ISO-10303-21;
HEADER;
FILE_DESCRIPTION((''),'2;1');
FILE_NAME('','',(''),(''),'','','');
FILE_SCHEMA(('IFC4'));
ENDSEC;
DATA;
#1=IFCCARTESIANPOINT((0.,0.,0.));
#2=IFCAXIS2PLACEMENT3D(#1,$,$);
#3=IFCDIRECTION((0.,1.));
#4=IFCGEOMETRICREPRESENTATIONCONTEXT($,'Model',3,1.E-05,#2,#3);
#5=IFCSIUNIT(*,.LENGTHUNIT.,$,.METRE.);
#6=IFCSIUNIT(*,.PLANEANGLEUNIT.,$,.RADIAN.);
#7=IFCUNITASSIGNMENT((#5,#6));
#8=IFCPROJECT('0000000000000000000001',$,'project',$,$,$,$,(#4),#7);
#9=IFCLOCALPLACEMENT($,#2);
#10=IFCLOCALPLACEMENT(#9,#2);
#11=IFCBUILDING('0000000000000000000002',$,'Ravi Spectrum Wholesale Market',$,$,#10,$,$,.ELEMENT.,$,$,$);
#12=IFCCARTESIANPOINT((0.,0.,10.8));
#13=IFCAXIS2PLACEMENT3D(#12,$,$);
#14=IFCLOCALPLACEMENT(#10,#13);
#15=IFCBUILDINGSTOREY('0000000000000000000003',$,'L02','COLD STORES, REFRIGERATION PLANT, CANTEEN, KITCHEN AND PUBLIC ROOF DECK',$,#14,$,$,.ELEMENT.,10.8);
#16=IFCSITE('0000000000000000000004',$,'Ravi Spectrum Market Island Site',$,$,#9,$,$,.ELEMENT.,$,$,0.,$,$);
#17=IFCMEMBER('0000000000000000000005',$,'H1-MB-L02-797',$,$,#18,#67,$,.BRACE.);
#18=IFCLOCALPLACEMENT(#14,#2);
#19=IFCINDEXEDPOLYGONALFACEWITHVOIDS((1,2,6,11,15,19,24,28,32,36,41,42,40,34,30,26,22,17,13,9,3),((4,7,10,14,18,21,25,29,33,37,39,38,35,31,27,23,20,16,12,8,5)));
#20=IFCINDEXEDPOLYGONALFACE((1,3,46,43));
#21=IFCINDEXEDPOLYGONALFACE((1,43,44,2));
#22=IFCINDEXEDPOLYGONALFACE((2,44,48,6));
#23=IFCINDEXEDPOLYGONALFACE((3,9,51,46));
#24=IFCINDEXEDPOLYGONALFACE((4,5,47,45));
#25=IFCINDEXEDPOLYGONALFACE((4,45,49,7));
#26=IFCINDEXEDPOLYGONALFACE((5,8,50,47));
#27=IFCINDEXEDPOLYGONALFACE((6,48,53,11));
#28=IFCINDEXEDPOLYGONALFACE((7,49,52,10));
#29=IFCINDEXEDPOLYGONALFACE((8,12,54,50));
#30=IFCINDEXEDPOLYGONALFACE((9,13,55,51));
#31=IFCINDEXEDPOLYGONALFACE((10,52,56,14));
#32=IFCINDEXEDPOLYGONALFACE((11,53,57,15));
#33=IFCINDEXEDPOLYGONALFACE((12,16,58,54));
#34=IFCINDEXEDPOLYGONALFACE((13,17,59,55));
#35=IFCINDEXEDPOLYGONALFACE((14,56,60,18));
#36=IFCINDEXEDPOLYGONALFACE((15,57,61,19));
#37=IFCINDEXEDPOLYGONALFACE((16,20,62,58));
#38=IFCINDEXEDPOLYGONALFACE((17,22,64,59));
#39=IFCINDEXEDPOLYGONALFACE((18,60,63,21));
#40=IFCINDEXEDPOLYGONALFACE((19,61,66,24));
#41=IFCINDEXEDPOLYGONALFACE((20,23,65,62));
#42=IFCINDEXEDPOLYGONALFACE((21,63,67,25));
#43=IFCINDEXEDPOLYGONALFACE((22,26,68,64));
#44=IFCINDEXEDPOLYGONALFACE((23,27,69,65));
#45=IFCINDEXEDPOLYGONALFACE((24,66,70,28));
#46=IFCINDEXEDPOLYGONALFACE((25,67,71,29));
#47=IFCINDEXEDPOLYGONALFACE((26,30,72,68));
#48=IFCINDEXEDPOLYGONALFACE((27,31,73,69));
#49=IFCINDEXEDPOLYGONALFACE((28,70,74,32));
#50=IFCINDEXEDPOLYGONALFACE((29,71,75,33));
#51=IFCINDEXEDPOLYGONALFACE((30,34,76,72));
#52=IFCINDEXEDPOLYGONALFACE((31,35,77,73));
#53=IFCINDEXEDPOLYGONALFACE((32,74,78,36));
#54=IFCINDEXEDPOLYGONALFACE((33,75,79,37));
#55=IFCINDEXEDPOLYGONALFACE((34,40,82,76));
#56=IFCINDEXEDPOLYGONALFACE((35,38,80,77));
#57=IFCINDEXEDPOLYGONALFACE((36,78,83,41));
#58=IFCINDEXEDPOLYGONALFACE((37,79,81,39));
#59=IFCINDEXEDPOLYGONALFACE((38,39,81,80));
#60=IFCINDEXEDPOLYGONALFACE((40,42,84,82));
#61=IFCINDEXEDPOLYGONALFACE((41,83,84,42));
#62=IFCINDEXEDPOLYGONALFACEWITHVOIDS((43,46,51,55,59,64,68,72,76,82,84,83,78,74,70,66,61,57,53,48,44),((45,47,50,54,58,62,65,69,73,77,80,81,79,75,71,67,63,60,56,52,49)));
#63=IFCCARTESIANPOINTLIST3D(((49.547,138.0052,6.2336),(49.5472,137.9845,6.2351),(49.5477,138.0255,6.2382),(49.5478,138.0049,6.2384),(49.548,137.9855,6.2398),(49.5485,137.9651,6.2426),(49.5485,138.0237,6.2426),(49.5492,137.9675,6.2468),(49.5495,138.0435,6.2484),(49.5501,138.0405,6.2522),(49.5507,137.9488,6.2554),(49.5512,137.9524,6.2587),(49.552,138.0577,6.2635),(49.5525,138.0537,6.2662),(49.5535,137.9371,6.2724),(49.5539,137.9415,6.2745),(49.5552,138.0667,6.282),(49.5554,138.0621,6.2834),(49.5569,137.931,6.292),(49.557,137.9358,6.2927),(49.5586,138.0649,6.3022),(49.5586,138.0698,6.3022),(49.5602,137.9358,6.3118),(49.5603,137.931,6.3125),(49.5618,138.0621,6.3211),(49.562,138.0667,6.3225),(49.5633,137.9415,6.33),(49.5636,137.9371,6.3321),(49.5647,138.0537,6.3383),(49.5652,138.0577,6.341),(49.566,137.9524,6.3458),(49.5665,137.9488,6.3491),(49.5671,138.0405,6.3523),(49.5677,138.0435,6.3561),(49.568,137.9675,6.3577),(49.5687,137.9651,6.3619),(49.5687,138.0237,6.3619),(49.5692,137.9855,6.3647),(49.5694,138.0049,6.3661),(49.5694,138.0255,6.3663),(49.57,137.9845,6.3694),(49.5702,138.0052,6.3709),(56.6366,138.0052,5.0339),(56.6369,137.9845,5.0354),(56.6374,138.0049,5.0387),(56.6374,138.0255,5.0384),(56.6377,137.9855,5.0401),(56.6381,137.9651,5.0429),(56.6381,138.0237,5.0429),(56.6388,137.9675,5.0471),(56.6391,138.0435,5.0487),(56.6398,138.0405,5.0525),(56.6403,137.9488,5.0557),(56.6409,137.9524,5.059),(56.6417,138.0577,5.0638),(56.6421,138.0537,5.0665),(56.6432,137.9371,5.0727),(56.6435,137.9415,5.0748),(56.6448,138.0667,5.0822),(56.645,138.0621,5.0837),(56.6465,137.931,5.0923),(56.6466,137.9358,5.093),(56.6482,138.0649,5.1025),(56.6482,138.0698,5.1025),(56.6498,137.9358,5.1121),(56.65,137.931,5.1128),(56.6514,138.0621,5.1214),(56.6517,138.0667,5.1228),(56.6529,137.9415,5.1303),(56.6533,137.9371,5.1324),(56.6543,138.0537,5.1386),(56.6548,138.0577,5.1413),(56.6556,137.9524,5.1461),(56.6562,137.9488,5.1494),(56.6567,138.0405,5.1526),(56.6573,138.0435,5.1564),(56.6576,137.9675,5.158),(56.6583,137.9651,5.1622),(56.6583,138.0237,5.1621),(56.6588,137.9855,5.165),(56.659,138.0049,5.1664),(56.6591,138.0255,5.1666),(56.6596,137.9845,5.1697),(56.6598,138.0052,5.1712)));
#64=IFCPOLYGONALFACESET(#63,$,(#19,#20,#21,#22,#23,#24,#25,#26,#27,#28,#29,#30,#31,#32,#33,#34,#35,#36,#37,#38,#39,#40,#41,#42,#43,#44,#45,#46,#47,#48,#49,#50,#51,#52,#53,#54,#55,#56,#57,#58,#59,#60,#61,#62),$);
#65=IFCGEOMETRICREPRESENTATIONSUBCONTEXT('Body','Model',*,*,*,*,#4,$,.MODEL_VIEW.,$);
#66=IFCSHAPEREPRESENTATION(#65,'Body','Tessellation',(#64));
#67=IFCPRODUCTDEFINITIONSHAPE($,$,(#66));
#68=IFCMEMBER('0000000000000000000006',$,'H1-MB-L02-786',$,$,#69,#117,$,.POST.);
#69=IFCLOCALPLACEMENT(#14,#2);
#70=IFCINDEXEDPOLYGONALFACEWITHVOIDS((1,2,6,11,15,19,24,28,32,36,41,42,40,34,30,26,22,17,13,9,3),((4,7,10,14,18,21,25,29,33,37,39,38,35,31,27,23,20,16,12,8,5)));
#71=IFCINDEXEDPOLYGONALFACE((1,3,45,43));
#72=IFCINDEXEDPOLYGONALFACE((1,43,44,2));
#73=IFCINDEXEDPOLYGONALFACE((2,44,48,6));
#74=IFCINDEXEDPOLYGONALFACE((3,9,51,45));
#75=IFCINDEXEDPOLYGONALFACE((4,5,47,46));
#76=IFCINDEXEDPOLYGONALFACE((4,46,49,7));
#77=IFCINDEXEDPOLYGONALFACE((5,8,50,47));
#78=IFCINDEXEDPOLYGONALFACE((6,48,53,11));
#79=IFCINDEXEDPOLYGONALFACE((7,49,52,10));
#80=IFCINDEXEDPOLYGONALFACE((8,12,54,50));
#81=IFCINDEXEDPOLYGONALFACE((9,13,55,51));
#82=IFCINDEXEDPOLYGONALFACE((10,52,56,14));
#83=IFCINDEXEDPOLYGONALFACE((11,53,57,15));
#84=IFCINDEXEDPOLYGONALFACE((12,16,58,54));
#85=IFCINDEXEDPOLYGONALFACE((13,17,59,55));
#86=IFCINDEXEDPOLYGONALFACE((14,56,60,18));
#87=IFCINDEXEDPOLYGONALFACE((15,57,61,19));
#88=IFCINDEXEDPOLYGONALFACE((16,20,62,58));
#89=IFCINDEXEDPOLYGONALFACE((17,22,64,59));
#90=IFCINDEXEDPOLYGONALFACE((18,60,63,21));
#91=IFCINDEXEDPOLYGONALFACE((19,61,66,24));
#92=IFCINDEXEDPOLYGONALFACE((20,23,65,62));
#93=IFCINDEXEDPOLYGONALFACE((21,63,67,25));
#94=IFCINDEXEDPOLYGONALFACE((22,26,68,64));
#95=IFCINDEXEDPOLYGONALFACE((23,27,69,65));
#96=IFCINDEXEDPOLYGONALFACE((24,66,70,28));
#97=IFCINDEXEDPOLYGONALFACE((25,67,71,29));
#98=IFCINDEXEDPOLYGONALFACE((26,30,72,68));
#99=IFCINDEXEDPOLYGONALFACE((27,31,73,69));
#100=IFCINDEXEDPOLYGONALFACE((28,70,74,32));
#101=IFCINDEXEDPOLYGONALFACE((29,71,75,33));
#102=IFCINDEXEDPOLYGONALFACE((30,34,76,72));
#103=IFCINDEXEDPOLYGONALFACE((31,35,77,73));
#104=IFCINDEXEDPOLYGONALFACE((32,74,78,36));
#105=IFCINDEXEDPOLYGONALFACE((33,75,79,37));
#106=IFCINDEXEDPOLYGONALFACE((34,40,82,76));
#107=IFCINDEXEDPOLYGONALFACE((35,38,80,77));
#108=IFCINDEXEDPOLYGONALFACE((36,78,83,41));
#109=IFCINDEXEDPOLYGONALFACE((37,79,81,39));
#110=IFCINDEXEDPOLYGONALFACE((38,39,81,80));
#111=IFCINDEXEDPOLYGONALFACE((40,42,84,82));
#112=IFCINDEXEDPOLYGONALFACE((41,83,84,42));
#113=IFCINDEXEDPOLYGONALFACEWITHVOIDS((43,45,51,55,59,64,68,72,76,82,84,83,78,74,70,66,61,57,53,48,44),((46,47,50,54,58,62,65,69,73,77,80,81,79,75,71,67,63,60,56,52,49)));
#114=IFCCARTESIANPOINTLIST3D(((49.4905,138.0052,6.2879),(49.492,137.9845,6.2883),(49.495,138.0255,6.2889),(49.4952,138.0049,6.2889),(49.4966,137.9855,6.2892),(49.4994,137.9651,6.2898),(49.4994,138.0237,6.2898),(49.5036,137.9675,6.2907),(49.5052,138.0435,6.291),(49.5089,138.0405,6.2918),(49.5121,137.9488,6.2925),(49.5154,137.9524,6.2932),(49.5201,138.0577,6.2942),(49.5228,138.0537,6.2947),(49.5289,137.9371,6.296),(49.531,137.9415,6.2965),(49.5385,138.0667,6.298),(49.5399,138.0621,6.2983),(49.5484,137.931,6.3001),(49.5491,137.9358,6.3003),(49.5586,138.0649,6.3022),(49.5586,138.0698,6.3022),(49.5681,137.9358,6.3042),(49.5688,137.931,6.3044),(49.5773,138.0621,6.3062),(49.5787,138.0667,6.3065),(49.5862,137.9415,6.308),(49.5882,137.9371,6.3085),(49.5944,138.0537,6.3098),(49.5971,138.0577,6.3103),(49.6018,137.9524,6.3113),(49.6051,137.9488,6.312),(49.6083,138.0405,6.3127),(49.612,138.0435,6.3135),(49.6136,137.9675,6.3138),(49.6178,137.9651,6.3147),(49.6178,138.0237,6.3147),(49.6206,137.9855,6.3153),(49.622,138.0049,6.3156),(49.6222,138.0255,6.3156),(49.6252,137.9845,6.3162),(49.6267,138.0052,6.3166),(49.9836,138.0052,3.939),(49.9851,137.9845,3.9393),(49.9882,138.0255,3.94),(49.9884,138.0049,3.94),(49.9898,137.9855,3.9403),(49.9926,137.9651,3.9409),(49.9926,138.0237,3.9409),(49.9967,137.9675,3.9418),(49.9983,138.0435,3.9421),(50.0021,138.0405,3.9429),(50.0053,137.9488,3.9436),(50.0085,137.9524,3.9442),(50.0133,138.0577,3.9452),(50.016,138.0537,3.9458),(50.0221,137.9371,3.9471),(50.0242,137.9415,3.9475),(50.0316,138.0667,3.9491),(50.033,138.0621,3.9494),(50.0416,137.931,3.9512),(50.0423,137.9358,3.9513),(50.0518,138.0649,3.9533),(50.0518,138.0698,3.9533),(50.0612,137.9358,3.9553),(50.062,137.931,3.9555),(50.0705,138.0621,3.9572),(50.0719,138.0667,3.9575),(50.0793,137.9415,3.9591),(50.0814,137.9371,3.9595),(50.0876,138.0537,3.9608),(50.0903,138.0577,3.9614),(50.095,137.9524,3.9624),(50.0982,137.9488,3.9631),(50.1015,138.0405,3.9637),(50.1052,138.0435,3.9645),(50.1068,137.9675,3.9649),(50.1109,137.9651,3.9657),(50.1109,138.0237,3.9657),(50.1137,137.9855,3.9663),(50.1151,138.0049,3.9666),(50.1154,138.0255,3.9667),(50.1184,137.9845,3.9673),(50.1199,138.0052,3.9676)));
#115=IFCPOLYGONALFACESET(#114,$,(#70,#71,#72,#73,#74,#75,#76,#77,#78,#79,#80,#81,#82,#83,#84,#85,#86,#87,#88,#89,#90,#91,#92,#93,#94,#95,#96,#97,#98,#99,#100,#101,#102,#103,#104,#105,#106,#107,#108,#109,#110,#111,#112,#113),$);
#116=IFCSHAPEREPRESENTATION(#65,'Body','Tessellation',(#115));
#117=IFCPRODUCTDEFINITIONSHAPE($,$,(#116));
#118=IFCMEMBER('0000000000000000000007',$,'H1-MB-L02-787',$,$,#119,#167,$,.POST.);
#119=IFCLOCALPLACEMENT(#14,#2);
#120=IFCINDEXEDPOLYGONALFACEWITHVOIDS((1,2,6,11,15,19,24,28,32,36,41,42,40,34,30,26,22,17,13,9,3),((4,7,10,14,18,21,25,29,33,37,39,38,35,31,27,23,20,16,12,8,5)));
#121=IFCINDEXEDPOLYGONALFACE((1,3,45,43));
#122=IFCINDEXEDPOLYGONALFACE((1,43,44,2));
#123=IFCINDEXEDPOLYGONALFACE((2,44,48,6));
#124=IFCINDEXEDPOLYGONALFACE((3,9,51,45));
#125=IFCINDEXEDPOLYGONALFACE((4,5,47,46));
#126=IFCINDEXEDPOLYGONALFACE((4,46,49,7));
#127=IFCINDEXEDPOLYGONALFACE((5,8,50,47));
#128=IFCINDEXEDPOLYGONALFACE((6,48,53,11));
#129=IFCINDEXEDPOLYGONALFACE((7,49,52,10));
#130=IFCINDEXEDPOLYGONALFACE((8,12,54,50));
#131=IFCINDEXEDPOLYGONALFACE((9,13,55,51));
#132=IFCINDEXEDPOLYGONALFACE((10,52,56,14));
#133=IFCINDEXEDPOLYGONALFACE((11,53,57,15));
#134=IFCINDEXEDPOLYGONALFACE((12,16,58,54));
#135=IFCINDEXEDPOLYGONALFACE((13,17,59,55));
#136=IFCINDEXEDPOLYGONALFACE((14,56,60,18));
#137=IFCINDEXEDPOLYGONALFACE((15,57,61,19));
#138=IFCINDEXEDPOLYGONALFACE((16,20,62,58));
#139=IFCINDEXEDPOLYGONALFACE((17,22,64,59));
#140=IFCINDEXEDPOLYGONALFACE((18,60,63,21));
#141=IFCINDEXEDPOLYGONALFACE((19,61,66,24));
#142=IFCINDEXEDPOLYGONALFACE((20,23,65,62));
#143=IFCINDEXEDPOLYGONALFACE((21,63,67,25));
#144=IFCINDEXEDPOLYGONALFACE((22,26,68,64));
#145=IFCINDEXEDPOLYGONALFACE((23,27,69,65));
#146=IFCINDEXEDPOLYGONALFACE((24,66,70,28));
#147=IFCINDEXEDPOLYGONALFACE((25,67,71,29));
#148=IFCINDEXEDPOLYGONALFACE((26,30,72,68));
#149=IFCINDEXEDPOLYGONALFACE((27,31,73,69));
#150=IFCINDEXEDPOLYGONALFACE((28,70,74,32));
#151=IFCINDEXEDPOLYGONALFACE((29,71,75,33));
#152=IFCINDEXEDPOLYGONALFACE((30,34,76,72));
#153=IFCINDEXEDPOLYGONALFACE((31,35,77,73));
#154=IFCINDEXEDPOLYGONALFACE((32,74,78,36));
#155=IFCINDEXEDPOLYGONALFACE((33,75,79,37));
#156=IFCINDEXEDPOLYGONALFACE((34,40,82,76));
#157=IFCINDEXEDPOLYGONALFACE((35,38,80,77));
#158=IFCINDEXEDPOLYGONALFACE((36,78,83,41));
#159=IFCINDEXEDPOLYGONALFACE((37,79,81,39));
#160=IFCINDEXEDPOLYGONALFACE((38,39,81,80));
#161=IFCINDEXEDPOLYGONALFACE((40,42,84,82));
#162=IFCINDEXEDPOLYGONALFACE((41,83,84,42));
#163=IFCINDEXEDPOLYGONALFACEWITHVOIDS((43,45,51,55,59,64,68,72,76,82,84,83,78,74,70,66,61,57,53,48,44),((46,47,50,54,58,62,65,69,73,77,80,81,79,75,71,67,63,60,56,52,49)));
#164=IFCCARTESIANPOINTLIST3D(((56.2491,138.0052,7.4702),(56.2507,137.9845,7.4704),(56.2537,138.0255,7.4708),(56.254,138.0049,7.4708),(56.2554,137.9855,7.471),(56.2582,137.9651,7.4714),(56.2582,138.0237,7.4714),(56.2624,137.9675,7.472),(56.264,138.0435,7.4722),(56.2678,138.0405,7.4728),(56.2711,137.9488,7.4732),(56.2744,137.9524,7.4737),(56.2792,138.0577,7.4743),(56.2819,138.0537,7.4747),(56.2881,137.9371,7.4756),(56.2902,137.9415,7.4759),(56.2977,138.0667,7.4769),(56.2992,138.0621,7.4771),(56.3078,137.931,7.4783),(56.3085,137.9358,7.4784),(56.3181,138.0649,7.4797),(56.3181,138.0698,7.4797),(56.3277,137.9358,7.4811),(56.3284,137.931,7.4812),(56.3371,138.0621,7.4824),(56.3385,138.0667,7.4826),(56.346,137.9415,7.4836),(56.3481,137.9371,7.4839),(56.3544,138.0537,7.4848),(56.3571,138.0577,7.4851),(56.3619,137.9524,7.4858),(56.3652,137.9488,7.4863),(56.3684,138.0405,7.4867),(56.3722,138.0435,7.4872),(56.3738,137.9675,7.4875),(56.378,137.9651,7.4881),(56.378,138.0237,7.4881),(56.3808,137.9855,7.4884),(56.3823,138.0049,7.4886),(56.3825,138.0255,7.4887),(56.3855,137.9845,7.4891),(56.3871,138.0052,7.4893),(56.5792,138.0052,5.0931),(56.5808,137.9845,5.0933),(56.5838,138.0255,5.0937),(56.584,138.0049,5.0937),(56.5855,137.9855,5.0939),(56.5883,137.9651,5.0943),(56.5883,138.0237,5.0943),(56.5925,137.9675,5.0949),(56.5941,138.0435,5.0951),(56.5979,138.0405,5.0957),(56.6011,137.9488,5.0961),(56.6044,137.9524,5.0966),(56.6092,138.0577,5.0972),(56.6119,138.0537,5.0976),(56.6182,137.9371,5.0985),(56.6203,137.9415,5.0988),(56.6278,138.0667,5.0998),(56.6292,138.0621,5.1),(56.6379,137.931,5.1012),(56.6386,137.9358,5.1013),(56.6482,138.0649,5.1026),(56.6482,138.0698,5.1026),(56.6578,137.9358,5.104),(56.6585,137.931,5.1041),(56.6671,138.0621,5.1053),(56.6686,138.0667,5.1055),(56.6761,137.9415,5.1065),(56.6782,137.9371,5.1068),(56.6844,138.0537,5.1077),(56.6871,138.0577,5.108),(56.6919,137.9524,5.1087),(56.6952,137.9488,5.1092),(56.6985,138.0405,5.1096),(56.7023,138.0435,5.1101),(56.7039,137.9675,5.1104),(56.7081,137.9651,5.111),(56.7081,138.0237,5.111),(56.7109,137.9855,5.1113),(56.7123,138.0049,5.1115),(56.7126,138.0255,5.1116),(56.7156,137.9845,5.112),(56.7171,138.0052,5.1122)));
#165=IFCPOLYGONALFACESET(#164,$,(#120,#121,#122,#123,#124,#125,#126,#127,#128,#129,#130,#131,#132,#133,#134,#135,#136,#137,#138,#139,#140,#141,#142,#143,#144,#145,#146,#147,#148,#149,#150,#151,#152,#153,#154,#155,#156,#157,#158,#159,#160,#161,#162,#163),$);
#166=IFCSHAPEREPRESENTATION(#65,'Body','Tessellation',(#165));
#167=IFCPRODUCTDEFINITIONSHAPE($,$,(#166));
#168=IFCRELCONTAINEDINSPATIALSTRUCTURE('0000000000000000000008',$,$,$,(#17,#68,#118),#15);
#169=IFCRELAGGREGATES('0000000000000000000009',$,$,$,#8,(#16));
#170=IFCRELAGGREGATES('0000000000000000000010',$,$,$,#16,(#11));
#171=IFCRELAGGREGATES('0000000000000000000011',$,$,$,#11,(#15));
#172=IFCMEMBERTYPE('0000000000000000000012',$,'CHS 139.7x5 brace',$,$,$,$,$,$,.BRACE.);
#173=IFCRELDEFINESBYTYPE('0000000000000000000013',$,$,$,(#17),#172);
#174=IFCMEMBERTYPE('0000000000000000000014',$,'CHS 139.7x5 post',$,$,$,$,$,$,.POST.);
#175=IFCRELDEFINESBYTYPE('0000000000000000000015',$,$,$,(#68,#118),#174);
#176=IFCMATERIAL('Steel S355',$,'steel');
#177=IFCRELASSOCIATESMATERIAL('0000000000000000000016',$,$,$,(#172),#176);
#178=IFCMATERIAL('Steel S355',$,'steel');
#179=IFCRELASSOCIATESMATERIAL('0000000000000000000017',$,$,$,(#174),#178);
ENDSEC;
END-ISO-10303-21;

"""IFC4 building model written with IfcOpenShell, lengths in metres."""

from ifc_helpers import new_model, si_unit, direction, frame, origin, origin_2d, place, context, subcontext, project, spatial, hollow_circle, extrude, material, material_profile, profile_set, type_object, element, save


model = new_model("IFC4")

# Units and contexts
model_context = context("Model", 3, precision=1e-05, world=origin(), true_north=direction((0.0, 1.0)))
body_context = subcontext(model_context, "Body", "Model", "MODEL_VIEW")
ifc_project = project(units=[si_unit("LENGTHUNIT", "METRE"), si_unit("PLANEANGLEUNIT", "RADIAN")], contexts=[model_context])

# Site, building, storey
site_placement = place(None, origin())
site = spatial("IfcSite", under=ifc_project, at=site_placement, Name="Ravi Spectrum Market Island Site", CompositionType="ELEMENT", RefElevation=0.0)
building_placement = place(site_placement, origin())
building = spatial("IfcBuilding", under=site, at=building_placement, Name="Ravi Spectrum Wholesale Market", CompositionType="ELEMENT")
storey_placement = place(building_placement, frame((0.0, 0.0, 10.8)))
storey = spatial("IfcBuildingStorey", under=building, at=storey_placement, Name="L02", Description="COLD STORES, REFRIGERATION PLANT, CANTEEN, KITCHEN AND PUBLIC ROOF DECK", CompositionType="ELEMENT", Elevation=10.8)

# Members
ifc_material_1 = material(Name="Steel S355", Category="steel")
ifc_material_profile_1 = material_profile(ifc_material_1, hollow_circle(Radius=0.0698, WallThickness=0.0049, at=origin_2d()))
ifc_profile_set_1 = profile_set([ifc_material_profile_1], Name="Steel S355")
member_type_1 = type_object("IfcMemberType", Name="CHS 139.7x5 brace", PredefinedType="BRACE", material=ifc_profile_set_1)
member_1_placement = place(storey_placement, frame((49.5586, 138.0, 6.3022), z_axis=(0.985983, 0.0, -0.166849), x_axis=(0.0, 1.0, 0.0)))
element("IfcMember", 1, at=member_1_placement, inside=storey, type_object=member_type_1, Name="H1-MB-L02-797", PredefinedType="BRACE", context=body_context, shape_type="SweptSolid", body=[
    extrude(hollow_circle(Radius=0.0698, WallThickness=0.0049, at=origin_2d()), origin(), (0.0, 0.0, 1.0), 7.1904),
])
ifc_material_2 = material(Name="Steel S355", Category="steel")
ifc_material_profile_2 = material_profile(ifc_material_2, hollow_circle(Radius=0.0698, WallThickness=0.0049, at=origin_2d()))
ifc_profile_set_2 = profile_set([ifc_material_profile_2], Name="Steel S355")
member_type_2 = type_object("IfcMemberType", Name="CHS 139.7x5 post", PredefinedType="POST", material=ifc_profile_set_2)
member_2_placement = place(storey_placement, frame((49.5586, 138.0, 6.3022), z_axis=(0.205477, 0.0, -0.978662), x_axis=(0.0, 1.0, 0.0)))
element("IfcMember", 2, at=member_2_placement, inside=storey, type_object=member_type_2, Name="H1-MB-L02-786", PredefinedType="POST", context=body_context, shape_type="SweptSolid", body=[
    extrude(hollow_circle(Radius=0.0698, WallThickness=0.0049, at=origin_2d()), origin(), (0.0, 0.0, 1.0), 2.4001),
])
member_3_placement = place(storey_placement, frame((56.3181, 138.0, 7.4797), z_axis=(0.137532, 0.0, -0.990497), x_axis=(0.0, 1.0, 0.0)))
element("IfcMember", 3, at=member_3_placement, inside=storey, type_object=member_type_2, Name="H1-MB-L02-787", PredefinedType="POST", context=body_context, shape_type="SweptSolid", body=[
    extrude(hollow_circle(Radius=0.0698, WallThickness=0.0049, at=origin_2d()), origin(), (0.0, 0.0, 1.0), 2.3999),
])

save(model, "model.ifc")
